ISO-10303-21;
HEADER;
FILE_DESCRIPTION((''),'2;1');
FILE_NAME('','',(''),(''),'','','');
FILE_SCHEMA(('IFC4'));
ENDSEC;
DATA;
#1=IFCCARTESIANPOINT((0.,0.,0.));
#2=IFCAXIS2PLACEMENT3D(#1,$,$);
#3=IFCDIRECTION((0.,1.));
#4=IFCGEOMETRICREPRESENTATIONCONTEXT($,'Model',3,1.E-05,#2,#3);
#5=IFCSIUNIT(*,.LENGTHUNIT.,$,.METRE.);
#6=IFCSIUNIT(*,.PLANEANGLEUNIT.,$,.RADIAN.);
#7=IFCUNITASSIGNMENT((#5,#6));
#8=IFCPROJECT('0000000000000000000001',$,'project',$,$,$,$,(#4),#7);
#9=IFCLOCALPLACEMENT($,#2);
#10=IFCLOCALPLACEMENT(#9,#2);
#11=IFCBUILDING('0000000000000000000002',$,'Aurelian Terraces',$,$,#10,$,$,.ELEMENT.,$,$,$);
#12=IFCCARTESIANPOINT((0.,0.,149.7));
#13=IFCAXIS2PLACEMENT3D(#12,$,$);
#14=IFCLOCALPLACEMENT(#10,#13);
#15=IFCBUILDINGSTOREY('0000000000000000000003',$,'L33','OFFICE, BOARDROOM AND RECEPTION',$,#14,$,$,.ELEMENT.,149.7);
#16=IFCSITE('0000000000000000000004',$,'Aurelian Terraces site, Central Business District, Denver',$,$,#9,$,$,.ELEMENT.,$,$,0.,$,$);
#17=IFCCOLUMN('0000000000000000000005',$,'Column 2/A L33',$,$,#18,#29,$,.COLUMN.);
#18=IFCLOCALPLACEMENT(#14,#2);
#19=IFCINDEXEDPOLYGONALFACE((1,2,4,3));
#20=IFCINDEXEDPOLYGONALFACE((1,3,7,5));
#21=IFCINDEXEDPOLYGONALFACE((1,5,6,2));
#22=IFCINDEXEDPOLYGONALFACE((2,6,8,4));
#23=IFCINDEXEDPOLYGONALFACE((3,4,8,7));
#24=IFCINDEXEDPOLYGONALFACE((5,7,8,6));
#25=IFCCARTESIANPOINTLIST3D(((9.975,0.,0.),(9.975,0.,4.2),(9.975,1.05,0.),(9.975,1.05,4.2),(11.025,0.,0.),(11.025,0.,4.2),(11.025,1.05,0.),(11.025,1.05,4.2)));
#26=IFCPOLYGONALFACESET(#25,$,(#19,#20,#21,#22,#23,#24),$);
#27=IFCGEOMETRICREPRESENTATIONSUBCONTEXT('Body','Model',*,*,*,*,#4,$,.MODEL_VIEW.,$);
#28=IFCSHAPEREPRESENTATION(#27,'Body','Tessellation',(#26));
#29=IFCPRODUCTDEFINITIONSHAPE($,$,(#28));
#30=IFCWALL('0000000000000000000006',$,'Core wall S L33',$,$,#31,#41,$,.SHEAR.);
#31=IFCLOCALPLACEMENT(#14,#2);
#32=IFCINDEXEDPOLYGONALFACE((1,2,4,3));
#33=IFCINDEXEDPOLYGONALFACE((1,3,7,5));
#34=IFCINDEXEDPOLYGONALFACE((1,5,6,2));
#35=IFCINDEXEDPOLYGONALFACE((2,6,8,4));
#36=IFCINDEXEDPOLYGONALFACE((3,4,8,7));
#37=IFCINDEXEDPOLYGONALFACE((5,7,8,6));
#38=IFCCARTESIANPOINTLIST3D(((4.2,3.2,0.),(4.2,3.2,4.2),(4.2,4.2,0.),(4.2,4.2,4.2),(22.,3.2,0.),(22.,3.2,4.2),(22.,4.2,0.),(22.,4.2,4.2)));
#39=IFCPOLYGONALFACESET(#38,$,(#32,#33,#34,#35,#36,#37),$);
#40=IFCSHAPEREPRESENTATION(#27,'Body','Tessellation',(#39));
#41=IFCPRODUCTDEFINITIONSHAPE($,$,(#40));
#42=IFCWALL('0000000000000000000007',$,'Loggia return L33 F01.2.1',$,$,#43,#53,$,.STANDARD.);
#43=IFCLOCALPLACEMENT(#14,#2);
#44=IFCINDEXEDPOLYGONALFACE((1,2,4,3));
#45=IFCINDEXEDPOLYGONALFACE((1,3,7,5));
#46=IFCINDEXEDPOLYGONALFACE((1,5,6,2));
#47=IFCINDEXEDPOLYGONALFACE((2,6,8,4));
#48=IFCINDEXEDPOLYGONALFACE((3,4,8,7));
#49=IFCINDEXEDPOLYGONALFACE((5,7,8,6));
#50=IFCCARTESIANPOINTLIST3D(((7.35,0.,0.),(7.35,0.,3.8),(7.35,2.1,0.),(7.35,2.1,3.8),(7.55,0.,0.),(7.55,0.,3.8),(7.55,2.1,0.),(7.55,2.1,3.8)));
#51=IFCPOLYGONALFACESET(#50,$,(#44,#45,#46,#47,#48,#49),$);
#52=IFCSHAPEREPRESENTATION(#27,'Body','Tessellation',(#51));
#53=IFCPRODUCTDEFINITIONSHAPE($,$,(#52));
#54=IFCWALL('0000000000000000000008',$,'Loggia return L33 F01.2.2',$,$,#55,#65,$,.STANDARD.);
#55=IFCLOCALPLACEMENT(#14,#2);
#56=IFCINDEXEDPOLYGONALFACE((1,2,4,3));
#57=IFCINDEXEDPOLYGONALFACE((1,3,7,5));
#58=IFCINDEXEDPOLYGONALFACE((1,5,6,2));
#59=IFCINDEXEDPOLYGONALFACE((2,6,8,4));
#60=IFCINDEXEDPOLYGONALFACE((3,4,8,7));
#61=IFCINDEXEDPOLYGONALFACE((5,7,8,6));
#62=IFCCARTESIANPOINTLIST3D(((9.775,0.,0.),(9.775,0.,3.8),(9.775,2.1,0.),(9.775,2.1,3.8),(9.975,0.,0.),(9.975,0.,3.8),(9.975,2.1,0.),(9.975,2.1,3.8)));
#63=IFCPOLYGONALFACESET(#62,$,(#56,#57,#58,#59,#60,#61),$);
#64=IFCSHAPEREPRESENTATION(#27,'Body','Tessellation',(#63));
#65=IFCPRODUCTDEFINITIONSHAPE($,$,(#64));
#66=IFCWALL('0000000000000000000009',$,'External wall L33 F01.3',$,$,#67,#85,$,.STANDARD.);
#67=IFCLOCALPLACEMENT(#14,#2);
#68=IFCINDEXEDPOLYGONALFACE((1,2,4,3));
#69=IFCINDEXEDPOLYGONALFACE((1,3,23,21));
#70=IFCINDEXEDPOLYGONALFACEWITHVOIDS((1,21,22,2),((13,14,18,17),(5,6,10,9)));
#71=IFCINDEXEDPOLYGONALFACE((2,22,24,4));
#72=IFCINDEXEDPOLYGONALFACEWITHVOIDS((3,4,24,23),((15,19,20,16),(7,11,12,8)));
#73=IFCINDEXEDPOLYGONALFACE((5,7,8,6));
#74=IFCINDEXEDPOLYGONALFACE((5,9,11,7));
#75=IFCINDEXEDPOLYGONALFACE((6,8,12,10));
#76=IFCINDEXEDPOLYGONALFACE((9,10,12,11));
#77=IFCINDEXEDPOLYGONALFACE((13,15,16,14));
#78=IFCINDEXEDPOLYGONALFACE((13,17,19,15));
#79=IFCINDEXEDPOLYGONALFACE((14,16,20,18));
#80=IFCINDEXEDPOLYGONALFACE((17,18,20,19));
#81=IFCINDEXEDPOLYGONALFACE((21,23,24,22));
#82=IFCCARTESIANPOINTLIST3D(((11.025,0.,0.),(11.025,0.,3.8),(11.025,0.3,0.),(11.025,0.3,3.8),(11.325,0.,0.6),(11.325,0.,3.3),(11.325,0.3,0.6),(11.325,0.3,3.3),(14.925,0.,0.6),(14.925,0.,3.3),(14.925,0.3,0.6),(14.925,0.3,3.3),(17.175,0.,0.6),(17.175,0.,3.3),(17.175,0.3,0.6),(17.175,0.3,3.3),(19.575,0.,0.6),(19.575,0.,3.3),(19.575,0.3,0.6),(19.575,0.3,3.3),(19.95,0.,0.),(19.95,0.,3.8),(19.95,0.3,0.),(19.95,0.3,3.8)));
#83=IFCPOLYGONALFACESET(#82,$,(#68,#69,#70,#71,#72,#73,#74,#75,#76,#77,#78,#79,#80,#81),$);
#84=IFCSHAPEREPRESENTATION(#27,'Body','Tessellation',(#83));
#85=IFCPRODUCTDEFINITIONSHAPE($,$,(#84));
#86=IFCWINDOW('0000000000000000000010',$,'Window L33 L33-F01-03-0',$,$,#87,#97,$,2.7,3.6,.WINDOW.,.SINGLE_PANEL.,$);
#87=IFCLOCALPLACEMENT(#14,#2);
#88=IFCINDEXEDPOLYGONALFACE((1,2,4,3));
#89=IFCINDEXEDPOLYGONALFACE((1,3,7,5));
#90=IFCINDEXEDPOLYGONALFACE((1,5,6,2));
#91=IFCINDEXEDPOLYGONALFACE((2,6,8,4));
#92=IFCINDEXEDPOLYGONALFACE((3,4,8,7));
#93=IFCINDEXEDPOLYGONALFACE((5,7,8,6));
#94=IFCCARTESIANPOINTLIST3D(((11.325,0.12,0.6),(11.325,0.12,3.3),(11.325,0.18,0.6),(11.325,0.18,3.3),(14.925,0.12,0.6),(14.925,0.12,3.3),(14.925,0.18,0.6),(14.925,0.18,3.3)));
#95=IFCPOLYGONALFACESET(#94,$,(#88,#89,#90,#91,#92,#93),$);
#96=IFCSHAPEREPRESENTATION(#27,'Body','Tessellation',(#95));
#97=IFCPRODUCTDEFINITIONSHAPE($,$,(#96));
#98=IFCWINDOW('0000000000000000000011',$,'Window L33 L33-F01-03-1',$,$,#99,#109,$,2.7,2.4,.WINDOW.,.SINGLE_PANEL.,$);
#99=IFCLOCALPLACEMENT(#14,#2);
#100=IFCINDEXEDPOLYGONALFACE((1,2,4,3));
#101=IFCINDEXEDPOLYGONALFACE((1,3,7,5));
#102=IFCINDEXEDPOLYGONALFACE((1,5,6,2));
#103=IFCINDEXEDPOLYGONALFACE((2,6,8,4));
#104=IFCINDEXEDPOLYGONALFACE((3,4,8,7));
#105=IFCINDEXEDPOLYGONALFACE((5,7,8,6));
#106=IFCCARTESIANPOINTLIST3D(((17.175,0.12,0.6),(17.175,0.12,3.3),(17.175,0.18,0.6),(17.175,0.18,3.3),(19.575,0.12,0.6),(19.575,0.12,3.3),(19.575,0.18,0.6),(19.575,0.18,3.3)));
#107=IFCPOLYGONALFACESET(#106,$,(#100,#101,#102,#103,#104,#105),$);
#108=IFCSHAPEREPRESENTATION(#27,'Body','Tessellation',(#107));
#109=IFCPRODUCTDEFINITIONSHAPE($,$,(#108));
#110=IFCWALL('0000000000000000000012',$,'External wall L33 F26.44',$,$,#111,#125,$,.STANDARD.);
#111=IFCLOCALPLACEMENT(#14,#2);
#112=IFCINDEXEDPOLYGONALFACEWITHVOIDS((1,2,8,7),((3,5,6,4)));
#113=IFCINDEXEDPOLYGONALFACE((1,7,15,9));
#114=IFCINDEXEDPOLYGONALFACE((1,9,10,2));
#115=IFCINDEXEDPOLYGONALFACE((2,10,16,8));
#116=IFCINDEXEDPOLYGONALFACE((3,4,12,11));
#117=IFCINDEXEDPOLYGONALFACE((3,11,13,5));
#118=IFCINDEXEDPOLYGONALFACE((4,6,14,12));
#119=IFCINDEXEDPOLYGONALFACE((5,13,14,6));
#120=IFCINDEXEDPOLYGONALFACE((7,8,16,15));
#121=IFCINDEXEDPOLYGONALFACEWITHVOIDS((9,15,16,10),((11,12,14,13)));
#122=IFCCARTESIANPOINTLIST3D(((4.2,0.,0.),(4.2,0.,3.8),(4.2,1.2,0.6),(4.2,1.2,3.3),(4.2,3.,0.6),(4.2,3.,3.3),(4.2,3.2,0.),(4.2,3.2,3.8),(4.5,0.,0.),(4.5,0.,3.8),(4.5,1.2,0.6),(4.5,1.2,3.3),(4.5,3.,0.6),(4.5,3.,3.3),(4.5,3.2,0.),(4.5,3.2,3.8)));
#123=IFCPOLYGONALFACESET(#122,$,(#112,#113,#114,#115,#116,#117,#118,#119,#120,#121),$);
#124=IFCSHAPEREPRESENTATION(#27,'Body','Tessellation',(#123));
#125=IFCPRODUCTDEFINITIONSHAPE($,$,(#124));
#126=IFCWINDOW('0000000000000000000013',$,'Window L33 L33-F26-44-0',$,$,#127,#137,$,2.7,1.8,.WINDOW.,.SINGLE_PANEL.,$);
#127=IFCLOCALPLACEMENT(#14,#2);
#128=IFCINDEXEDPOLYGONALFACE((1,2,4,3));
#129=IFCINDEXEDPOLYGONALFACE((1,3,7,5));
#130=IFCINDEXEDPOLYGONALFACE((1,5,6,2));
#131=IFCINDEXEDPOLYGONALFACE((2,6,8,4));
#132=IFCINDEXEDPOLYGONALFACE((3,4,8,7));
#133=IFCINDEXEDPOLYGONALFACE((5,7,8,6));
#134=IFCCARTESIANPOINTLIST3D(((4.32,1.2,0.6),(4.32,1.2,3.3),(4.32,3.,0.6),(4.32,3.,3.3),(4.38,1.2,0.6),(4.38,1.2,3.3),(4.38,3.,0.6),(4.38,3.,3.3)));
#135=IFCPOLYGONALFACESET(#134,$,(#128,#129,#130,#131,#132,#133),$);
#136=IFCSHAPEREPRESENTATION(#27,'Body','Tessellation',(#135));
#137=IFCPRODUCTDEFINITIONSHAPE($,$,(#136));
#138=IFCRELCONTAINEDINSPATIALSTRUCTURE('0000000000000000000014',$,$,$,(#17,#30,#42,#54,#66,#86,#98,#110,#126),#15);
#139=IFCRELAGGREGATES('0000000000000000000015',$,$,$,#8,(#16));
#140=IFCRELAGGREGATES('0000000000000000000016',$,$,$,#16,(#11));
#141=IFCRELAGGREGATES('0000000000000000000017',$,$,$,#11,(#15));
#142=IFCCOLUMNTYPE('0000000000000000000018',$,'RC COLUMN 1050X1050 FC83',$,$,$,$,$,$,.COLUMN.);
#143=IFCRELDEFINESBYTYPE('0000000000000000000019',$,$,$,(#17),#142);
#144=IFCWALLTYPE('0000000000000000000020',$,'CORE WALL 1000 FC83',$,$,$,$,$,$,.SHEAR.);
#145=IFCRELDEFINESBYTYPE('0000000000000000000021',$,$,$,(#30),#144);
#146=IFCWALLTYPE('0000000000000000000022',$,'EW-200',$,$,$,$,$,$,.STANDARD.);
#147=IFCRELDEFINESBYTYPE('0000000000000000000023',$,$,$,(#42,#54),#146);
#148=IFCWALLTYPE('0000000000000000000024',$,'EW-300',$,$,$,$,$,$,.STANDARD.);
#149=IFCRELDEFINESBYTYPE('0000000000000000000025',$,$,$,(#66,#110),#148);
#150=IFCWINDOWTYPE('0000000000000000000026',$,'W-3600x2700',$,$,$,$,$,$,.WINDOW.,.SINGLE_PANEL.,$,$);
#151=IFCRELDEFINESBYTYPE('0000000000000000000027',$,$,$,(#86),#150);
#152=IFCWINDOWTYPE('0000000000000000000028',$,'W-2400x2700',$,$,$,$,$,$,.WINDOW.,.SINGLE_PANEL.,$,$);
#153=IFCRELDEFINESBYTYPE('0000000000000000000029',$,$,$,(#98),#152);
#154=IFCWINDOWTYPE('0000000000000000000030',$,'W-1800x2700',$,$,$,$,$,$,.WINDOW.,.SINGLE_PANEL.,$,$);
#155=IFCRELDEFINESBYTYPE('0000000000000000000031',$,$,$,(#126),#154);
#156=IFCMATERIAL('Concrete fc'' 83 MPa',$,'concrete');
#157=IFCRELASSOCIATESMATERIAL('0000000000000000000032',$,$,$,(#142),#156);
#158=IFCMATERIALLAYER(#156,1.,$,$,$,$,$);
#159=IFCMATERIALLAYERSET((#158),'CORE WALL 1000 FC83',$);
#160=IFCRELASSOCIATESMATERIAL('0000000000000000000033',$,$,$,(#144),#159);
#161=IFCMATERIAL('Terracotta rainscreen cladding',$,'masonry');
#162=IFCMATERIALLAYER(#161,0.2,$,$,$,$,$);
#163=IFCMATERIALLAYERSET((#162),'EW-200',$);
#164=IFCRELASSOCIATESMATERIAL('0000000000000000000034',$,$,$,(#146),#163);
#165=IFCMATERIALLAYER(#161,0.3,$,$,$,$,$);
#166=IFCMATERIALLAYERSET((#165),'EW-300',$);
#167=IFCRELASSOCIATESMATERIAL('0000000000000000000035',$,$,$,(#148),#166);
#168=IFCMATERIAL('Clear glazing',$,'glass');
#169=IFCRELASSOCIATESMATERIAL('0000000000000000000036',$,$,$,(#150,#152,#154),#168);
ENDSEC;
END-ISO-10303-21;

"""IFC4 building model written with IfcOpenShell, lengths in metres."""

from ifc_helpers import new_model, si_unit, direction, frame, frame_2d, origin, origin_2d, place, context, subcontext, project, spatial, rectangle, extrude, source, transform, mapped, material, layer, layer_set, material_profile, profile_set, type_object, element, fill, save


model = new_model("IFC4")

# Units and contexts
model_context = context("Model", 3, precision=1e-05, world=origin(), true_north=direction((0.0, 1.0)))
body_context = subcontext(model_context, "Body", "Model", "MODEL_VIEW")
ifc_project = project(units=[si_unit("LENGTHUNIT", "METRE"), si_unit("PLANEANGLEUNIT", "RADIAN")], contexts=[model_context])

# Site, building, storey
site_placement = place(None, origin())
site = spatial("IfcSite", under=ifc_project, at=site_placement, Name="Aurelian Terraces site, Central Business District, Denver", CompositionType="ELEMENT", RefElevation=0.0)
building_placement = place(site_placement, origin())
building = spatial("IfcBuilding", under=site, at=building_placement, Name="Aurelian Terraces", CompositionType="ELEMENT")
storey_placement = place(building_placement, frame((0.0, 0.0, 149.7)))
storey = spatial("IfcBuildingStorey", under=building, at=storey_placement, Name="L33", Description="OFFICE, BOARDROOM AND RECEPTION", CompositionType="ELEMENT", Elevation=149.7)

# Column
ifc_material_1 = material(Name="Concrete fc' 83 MPa", Category="concrete")
ifc_material_profile = material_profile(ifc_material_1, rectangle(XDim=1.05, YDim=1.05, at=origin_2d()))
ifc_profile_set = profile_set([ifc_material_profile], Name="Concrete fc' 83 MPa")
column_type = type_object("IfcColumnType", Name="RC COLUMN 1050X1050 FC83", PredefinedType="COLUMN", material=ifc_profile_set)
shared_shape_1 = source(origin(), body_context, "Body", "SweptSolid", [
    extrude(rectangle(XDim=1.05, YDim=1.05, at=origin_2d()), origin(), (0.0, 0.0, 1.0), 4.2),
])
column_placement = place(storey_placement, frame((10.5, 0.525, 0.0), z_axis=(0.0, 0.0, 1.0), x_axis=(1.0, 0.0, 0.0)))
element("IfcColumn", 1, at=column_placement, inside=storey, type_object=column_type, Name="Column 2/A L33", PredefinedType="COLUMN", context=body_context, shape_type="MappedRepresentation", body=[
    mapped(shared_shape_1, transform((0.0, 0.0, 0.0), scale=1.0)),
])

# Walls
ifc_layer_1 = layer(ifc_material_1, 1.0)
ifc_layer_set_1 = layer_set([ifc_layer_1], Name="CORE WALL 1000 FC83")
wall_type_1 = type_object("IfcWallType", Name="CORE WALL 1000 FC83", PredefinedType="SHEAR", material=ifc_layer_set_1)
shared_shape_2 = source(origin(), body_context, "Body", "SweptSolid", [
    extrude(rectangle(XDim=17.8, YDim=1.0, at=frame_2d((8.9, 0.0))), origin(), (0.0, 0.0, 1.0), 4.2),
])
wall_1_placement = place(storey_placement, frame((4.2, 3.7, 0.0), z_axis=(0.0, 0.0, 1.0), x_axis=(1.0, 0.0, 0.0)))
element("IfcWall", 2, at=wall_1_placement, inside=storey, type_object=wall_type_1, Name="Core wall S L33", PredefinedType="SHEAR", context=body_context, shape_type="MappedRepresentation", body=[
    mapped(shared_shape_2, transform((0.0, 0.0, 0.0), scale=1.0)),
])
ifc_material_2 = material(Name="Terracotta rainscreen cladding", Category="masonry")
ifc_layer_2 = layer(ifc_material_2, 0.2)
ifc_layer_set_2 = layer_set([ifc_layer_2], Name="EW-200")
wall_type_2 = type_object("IfcWallType", Name="EW-200", PredefinedType="STANDARD", material=ifc_layer_set_2)
shared_shape_3 = source(origin(), body_context, "Body", "SweptSolid", [
    extrude(rectangle(XDim=2.1, YDim=0.2, at=frame_2d((1.05, 0.0))), origin(), (0.0, 0.0, 1.0), 3.8),
])
for number, where, z_axis, x_axis, name in (
    (3, (7.45, 0.0, 0.0), (0.0, 0.0, 1.0), (0.0, 1.0, 0.0), "Loggia return L33 F01.2.1"),
    (4, (9.875, 0.0, 0.0), (0.0, 0.0, 1.0), (0.0, 1.0, 0.0), "Loggia return L33 F01.2.2"),
):
    element("IfcWall", number, at=place(storey_placement, frame(where, z_axis=z_axis, x_axis=x_axis)), inside=storey, type_object=wall_type_2, Name=name, PredefinedType="STANDARD", context=body_context, shape_type="MappedRepresentation", body=[
        mapped(shared_shape_3, transform((0.0, 0.0, 0.0), scale=1.0)),
    ])

# Wall, openings, windows
ifc_layer_3 = layer(ifc_material_2, 0.3)
ifc_layer_set_3 = layer_set([ifc_layer_3], Name="EW-300")
wall_type_3 = type_object("IfcWallType", Name="EW-300", PredefinedType="STANDARD", material=ifc_layer_set_3)
shared_shape_4 = source(origin(), body_context, "Body", "SweptSolid", [
    extrude(rectangle(XDim=8.925, YDim=0.3, at=frame_2d((4.4625, 0.0))), origin(), (0.0, 0.0, 1.0), 3.8),
])
wall_2_placement = place(storey_placement, frame((11.025, 0.15, 0.0), z_axis=(0.0, 0.0, 1.0), x_axis=(1.0, 0.0, 0.0)))
wall_2 = element("IfcWall", 5, at=wall_2_placement, inside=storey, type_object=wall_type_3, Name="External wall L33 F01.3", PredefinedType="STANDARD", context=body_context, shape_type="MappedRepresentation", body=[
    mapped(shared_shape_4, transform((0.0, 0.0, 0.0), scale=1.0)),
])
shared_shape_5 = source(origin(), body_context, "Body", "SweptSolid", [
    extrude(rectangle(XDim=3.6, YDim=2.7, at=frame_2d((1.8, 1.35))), frame((0.0, 0.16, 0.0), z_axis=(0.0, -1.0, 0.0), x_axis=(1.0, 0.0, 0.0)), (0.0, 0.0, 1.0), 0.32),
])
opening_1_placement = place(wall_2_placement, frame((0.3, 0.0, 0.6)))
opening_1 = element("IfcOpeningElement", 6, at=opening_1_placement, cuts=wall_2, PredefinedType="OPENING", context=body_context, shape_type="MappedRepresentation", body=[
    mapped(shared_shape_5, transform((0.0, 0.0, 0.0), scale=1.0)),
])
shared_shape_6 = source(origin(), body_context, "Body", "SweptSolid", [
    extrude(rectangle(XDim=2.4, YDim=2.7, at=frame_2d((1.2, 1.35))), frame((0.0, 0.16, 0.0), z_axis=(0.0, -1.0, 0.0), x_axis=(1.0, 0.0, 0.0)), (0.0, 0.0, 1.0), 0.32),
])
opening_2_placement = place(wall_2_placement, frame((6.15, 0.0, 0.6)))
opening_2 = element("IfcOpeningElement", 7, at=opening_2_placement, cuts=wall_2, PredefinedType="OPENING", context=body_context, shape_type="MappedRepresentation", body=[
    mapped(shared_shape_6, transform((0.0, 0.0, 0.0), scale=1.0)),
])
ifc_material_3 = material(Name="Clear glazing", Category="glass")
window_type_1 = type_object("IfcWindowType", Name="W-3600x2700", PartitioningType="SINGLE_PANEL", PredefinedType="WINDOW", material=ifc_material_3)
shared_shape_7 = source(origin(), body_context, "Body", "SweptSolid", [
    extrude(rectangle(XDim=3.6, YDim=2.7, at=frame_2d((1.8, 1.35))), frame((0.0, 0.03, 0.0), z_axis=(0.0, -1.0, 0.0), x_axis=(1.0, 0.0, 0.0)), (0.0, 0.0, 1.0), 0.06),
])
window_1_placement = place(opening_1_placement, origin())
window_1 = element("IfcWindow", 8, at=window_1_placement, inside=storey, type_object=window_type_1, Name="Window L33 L33-F01-03-0", OverallHeight=2.7, OverallWidth=3.6, PartitioningType="SINGLE_PANEL", PredefinedType="WINDOW", context=body_context, shape_type="MappedRepresentation", body=[
    mapped(shared_shape_7, transform((0.0, 0.0, 0.0), scale=1.0)),
])
fill(opening_1, window_1)
window_type_2 = type_object("IfcWindowType", Name="W-2400x2700", PartitioningType="SINGLE_PANEL", PredefinedType="WINDOW", material=ifc_material_3)
shared_shape_8 = source(origin(), body_context, "Body", "SweptSolid", [
    extrude(rectangle(XDim=2.4, YDim=2.7, at=frame_2d((1.2, 1.35))), frame((0.0, 0.03, 0.0), z_axis=(0.0, -1.0, 0.0), x_axis=(1.0, 0.0, 0.0)), (0.0, 0.0, 1.0), 0.06),
])
window_2_placement = place(opening_2_placement, origin())
window_2 = element("IfcWindow", 9, at=window_2_placement, inside=storey, type_object=window_type_2, Name="Window L33 L33-F01-03-1", OverallHeight=2.7, OverallWidth=2.4, PartitioningType="SINGLE_PANEL", PredefinedType="WINDOW", context=body_context, shape_type="MappedRepresentation", body=[
    mapped(shared_shape_8, transform((0.0, 0.0, 0.0), scale=1.0)),
])
fill(opening_2, window_2)

# Wall, opening, window
shared_shape_9 = source(origin(), body_context, "Body", "SweptSolid", [
    extrude(rectangle(XDim=3.2, YDim=0.3, at=frame_2d((1.6, 0.0))), origin(), (0.0, 0.0, 1.0), 3.8),
])
wall_3_placement = place(storey_placement, frame((4.35, 3.2, 0.0), z_axis=(0.0, 0.0, 1.0), x_axis=(0.0, -1.0, 0.0)))
wall_3 = element("IfcWall", 10, at=wall_3_placement, inside=storey, type_object=wall_type_3, Name="External wall L33 F26.44", PredefinedType="STANDARD", context=body_context, shape_type="MappedRepresentation", body=[
    mapped(shared_shape_9, transform((0.0, 0.0, 0.0), scale=1.0)),
])
shared_shape_10 = source(origin(), body_context, "Body", "SweptSolid", [
    extrude(rectangle(XDim=1.8, YDim=2.7, at=frame_2d((0.9, 1.35))), frame((0.0, 0.16, 0.0), z_axis=(0.0, -1.0, 0.0), x_axis=(1.0, 0.0, 0.0)), (0.0, 0.0, 1.0), 0.32),
])
opening_3_placement = place(wall_3_placement, frame((0.2, 0.0, 0.6)))
opening_3 = element("IfcOpeningElement", 11, at=opening_3_placement, cuts=wall_3, PredefinedType="OPENING", context=body_context, shape_type="MappedRepresentation", body=[
    mapped(shared_shape_10, transform((0.0, 0.0, 0.0), scale=1.0)),
])
window_type_3 = type_object("IfcWindowType", Name="W-1800x2700", PartitioningType="SINGLE_PANEL", PredefinedType="WINDOW", material=ifc_material_3)
shared_shape_11 = source(origin(), body_context, "Body", "SweptSolid", [
    extrude(rectangle(XDim=1.8, YDim=2.7, at=frame_2d((0.9, 1.35))), frame((0.0, 0.03, 0.0), z_axis=(0.0, -1.0, 0.0), x_axis=(1.0, 0.0, 0.0)), (0.0, 0.0, 1.0), 0.06),
])
window_3_placement = place(opening_3_placement, origin())
window_3 = element("IfcWindow", 12, at=window_3_placement, inside=storey, type_object=window_type_3, Name="Window L33 L33-F26-44-0", OverallHeight=2.7, OverallWidth=1.8, PartitioningType="SINGLE_PANEL", PredefinedType="WINDOW", context=body_context, shape_type="MappedRepresentation", body=[
    mapped(shared_shape_11, transform((0.0, 0.0, 0.0), scale=1.0)),
])
fill(opening_3, window_3)

save(model, "model.ifc")
